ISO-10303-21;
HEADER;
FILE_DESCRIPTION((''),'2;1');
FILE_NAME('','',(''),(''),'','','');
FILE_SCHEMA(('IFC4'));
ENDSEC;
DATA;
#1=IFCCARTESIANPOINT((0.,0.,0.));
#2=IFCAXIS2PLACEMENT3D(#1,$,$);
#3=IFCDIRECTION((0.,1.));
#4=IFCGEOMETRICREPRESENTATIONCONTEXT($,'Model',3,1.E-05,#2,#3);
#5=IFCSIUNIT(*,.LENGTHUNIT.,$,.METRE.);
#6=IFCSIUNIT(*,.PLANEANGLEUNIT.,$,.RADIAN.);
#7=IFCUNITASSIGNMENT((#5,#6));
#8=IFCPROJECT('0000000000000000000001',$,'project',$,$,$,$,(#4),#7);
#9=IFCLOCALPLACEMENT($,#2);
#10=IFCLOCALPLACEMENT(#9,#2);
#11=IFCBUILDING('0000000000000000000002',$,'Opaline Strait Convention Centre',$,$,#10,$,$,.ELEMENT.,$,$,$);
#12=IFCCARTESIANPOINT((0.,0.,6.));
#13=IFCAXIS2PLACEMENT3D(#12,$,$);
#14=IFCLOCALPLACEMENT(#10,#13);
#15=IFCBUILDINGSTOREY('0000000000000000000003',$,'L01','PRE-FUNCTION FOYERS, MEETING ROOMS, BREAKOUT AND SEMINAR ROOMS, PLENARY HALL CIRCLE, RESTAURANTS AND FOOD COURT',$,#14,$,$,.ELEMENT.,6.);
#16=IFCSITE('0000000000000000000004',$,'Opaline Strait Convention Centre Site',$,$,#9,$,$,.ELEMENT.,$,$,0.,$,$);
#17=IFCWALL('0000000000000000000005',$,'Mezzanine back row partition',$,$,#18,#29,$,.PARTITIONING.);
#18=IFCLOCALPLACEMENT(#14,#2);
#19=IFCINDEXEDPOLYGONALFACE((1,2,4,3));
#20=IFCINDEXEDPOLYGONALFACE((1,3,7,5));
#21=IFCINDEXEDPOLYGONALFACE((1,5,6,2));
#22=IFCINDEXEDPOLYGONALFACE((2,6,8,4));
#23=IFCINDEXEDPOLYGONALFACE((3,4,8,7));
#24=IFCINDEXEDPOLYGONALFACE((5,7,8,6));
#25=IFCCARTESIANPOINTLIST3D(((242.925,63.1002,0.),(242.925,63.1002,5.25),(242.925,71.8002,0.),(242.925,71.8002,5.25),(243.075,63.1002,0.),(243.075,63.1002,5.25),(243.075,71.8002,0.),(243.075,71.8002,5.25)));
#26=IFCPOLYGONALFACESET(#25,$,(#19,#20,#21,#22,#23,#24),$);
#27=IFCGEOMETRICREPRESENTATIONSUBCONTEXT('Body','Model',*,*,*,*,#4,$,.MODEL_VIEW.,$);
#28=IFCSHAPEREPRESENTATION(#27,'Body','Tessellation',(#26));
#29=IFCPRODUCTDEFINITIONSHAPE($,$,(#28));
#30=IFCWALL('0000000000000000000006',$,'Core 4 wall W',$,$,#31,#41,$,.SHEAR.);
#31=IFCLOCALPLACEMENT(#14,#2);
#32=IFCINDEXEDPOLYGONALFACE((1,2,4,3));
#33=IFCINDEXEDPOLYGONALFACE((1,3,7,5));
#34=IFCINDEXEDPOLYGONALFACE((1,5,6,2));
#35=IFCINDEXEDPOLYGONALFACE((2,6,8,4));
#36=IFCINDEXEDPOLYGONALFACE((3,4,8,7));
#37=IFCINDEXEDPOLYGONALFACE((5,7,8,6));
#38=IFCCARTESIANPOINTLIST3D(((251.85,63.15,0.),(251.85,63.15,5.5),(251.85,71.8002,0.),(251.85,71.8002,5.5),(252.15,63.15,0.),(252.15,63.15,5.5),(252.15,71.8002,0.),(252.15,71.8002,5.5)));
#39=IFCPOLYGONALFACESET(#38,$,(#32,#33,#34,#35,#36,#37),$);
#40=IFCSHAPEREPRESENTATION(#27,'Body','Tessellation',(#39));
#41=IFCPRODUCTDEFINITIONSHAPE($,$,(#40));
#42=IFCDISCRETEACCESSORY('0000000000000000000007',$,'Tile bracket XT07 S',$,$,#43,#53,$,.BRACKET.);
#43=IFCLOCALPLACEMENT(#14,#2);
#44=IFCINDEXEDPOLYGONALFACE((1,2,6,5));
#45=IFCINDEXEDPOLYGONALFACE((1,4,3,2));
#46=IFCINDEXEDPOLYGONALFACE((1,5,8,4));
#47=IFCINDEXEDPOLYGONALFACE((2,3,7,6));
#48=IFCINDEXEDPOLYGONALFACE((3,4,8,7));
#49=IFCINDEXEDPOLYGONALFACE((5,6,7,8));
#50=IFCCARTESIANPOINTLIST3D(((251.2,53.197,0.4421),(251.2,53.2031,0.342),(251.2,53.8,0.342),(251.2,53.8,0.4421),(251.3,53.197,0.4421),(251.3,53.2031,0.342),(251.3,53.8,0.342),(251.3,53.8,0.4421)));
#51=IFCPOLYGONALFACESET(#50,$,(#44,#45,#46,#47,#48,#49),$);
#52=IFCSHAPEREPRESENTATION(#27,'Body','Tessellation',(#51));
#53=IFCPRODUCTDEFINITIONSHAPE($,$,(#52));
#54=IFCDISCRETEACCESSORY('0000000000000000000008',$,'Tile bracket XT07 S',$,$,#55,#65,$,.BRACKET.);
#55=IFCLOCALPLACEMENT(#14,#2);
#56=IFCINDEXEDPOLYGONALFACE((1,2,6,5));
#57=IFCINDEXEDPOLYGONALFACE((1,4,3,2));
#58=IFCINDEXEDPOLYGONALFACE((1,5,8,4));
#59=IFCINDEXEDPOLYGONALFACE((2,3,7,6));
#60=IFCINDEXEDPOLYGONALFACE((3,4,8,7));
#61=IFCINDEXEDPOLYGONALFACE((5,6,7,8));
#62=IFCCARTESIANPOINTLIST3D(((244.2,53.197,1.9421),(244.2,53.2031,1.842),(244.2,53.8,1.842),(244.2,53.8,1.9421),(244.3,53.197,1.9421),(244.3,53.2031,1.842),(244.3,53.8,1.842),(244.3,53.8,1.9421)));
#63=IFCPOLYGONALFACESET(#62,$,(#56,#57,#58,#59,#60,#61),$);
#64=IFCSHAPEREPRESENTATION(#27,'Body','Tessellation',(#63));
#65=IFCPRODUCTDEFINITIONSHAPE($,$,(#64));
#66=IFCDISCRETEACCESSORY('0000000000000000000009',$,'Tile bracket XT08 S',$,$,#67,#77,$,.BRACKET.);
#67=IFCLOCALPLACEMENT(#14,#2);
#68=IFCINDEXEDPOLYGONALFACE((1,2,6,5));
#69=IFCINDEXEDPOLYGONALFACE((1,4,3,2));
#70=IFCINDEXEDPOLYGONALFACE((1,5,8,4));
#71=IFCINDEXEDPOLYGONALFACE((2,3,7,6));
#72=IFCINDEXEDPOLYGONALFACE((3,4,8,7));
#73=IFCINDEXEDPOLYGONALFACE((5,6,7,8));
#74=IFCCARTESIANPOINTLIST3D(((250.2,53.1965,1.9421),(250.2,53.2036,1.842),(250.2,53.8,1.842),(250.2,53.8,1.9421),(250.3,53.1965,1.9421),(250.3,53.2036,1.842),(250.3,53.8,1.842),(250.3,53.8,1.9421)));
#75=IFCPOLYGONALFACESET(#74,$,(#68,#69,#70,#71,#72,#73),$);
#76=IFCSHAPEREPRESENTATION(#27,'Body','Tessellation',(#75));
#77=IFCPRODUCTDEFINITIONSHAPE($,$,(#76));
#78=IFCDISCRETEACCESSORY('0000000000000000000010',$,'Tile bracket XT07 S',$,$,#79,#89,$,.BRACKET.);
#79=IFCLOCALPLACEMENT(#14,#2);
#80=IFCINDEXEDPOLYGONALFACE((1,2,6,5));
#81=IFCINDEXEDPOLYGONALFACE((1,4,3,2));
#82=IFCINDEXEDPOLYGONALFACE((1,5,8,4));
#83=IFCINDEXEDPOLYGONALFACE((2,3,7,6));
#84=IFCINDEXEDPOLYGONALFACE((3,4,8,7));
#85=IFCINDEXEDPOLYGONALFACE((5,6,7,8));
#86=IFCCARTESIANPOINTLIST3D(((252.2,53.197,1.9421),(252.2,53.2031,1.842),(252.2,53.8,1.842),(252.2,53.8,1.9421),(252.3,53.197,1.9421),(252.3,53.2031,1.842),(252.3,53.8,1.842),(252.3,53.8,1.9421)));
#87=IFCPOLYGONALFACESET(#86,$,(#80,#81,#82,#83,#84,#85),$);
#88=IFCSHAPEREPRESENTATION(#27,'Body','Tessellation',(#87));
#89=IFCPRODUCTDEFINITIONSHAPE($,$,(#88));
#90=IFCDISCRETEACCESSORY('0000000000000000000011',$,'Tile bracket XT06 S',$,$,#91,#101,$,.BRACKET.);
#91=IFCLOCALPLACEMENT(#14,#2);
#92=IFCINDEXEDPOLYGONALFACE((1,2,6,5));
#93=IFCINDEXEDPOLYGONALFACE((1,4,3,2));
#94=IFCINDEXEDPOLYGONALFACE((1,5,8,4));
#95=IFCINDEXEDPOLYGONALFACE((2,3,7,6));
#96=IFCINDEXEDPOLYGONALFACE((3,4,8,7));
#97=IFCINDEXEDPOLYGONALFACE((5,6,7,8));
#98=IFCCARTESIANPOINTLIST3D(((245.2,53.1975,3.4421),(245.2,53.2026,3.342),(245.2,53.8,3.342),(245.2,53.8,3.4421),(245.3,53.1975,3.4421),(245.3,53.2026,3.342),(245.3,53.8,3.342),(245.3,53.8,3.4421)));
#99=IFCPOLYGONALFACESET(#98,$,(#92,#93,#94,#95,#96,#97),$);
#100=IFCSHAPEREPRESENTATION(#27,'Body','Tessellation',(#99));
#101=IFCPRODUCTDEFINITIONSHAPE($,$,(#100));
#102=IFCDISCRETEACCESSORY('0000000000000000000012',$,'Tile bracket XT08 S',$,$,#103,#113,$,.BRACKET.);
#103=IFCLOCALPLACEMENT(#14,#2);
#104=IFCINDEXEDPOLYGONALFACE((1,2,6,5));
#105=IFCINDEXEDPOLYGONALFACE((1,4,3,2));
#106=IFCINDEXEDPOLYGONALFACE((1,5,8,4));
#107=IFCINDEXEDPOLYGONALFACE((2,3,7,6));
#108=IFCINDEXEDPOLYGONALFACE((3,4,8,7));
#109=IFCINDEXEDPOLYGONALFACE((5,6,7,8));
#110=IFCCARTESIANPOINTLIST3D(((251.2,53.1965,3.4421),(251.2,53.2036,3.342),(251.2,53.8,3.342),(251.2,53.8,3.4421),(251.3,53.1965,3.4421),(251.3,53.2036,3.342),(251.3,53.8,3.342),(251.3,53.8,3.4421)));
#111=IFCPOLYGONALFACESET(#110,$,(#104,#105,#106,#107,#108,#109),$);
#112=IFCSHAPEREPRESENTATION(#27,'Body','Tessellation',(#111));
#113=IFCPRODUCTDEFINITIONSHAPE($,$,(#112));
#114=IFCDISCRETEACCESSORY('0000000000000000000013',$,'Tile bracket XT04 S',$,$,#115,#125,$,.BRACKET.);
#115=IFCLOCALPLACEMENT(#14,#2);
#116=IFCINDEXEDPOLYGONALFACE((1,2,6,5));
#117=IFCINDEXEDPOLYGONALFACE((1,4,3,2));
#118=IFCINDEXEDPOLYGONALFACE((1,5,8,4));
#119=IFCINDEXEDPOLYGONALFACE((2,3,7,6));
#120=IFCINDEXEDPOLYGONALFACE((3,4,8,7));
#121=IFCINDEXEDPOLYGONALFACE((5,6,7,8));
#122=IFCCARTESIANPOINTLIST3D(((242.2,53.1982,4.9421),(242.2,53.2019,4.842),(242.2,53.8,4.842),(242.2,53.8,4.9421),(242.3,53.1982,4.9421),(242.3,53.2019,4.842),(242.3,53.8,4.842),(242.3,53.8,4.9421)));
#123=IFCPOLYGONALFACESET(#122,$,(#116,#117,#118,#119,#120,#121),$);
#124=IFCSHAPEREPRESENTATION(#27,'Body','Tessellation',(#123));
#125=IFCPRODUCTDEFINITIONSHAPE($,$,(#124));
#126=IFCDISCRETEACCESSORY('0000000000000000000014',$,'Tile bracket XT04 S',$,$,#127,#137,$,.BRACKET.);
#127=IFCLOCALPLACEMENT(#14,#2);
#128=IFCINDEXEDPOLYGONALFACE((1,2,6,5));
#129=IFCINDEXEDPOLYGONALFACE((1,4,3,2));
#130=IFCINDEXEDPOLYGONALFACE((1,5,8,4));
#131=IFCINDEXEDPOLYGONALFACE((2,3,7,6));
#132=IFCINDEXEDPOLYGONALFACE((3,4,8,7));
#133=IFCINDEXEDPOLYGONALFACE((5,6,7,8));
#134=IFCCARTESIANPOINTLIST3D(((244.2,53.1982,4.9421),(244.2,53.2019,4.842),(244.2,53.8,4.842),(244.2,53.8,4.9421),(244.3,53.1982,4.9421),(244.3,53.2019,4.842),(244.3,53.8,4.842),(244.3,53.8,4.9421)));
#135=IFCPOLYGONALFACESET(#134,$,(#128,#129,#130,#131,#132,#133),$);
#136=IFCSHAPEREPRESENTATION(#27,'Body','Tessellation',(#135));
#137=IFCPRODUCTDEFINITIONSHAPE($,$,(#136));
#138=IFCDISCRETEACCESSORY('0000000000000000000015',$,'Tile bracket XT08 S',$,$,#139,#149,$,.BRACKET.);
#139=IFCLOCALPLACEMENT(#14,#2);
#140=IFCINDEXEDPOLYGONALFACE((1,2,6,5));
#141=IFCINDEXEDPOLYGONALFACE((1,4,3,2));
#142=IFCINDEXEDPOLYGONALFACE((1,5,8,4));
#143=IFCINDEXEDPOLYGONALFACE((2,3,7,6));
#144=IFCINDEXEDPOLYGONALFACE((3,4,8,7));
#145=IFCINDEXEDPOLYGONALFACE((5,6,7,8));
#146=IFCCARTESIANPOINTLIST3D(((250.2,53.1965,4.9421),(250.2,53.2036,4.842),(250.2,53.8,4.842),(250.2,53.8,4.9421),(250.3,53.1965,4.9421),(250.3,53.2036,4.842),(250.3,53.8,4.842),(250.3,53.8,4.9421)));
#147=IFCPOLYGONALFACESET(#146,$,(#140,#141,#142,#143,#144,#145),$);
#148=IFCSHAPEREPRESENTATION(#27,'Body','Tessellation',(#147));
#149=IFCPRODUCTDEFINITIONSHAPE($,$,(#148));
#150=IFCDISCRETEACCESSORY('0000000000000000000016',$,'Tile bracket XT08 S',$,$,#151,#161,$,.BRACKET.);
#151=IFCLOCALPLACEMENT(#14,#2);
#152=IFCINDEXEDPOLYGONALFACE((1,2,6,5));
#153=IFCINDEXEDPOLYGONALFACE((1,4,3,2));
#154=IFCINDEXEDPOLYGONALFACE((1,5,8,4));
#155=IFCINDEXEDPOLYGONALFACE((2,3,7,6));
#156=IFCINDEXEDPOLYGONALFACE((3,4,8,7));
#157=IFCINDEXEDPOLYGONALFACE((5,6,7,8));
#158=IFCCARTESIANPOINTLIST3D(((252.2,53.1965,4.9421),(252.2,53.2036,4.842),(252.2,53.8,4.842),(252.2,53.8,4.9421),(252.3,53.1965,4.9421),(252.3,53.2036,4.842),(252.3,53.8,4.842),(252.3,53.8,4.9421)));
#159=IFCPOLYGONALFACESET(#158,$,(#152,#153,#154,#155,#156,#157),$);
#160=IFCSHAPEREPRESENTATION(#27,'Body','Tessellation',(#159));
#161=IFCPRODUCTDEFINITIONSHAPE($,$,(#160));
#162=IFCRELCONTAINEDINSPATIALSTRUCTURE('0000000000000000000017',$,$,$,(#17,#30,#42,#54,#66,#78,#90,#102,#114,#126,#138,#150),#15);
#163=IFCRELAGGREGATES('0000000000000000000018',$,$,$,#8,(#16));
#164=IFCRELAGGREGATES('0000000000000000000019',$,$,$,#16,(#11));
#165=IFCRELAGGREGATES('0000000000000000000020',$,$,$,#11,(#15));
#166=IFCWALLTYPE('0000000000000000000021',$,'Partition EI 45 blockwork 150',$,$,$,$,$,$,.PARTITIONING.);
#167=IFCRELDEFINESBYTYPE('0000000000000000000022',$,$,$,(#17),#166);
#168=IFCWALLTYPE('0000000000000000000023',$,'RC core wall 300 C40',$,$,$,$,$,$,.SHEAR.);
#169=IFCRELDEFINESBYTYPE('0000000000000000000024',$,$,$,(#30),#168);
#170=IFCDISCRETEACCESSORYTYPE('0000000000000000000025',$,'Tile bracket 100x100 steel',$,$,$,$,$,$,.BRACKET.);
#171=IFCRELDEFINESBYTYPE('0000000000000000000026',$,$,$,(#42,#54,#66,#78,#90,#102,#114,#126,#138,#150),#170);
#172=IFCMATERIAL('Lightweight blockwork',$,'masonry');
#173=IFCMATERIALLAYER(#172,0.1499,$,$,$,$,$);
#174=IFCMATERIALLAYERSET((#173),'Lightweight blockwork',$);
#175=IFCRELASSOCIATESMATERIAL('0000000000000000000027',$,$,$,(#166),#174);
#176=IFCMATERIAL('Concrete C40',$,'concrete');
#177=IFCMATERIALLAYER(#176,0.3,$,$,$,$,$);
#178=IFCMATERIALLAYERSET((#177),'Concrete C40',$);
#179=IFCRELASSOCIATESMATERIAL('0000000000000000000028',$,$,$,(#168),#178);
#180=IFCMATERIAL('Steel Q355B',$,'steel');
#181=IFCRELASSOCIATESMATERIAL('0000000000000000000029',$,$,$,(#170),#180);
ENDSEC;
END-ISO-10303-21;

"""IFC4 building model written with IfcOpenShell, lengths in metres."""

from ifc_helpers import new_model, si_unit, direction, frame, frame_2d, origin, place, context, subcontext, project, spatial, polyline, rectangle, outline, extrude, material, layer, layer_set, type_object, element, save


model = new_model("IFC4")

# Units and contexts
model_context = context("Model", 3, precision=1e-05, world=origin(), true_north=direction((0.0, 1.0)))
body_context = subcontext(model_context, "Body", "Model", "MODEL_VIEW")
ifc_project = project(units=[si_unit("LENGTHUNIT", "METRE"), si_unit("PLANEANGLEUNIT", "RADIAN")], contexts=[model_context])

# Site, building, storey
site_placement = place(None, origin())
site = spatial("IfcSite", under=ifc_project, at=site_placement, Name="Opaline Strait Convention Centre Site", CompositionType="ELEMENT", RefElevation=0.0)
building_placement = place(site_placement, origin())
building = spatial("IfcBuilding", under=site, at=building_placement, Name="Opaline Strait Convention Centre", CompositionType="ELEMENT")
storey_placement = place(building_placement, frame((0.0, 0.0, 6.0)))
storey = spatial("IfcBuildingStorey", under=building, at=storey_placement, Name="L01", Description="PRE-FUNCTION FOYERS, MEETING ROOMS, BREAKOUT AND SEMINAR ROOMS, PLENARY HALL CIRCLE, RESTAURANTS AND FOOD COURT", CompositionType="ELEMENT", Elevation=6.0)

# Shared definitions
ifc_material_1 = material(Name="Steel Q355B", Category="steel")
ifc_material_2 = material(Name="Concrete C40", Category="concrete")

# Wall
ifc_material_3 = material(Name="Lightweight blockwork", Category="masonry")
ifc_layer_1 = layer(ifc_material_3, 0.1499)
ifc_layer_set_1 = layer_set([ifc_layer_1], Name="Lightweight blockwork")
wall_type_1 = type_object("IfcWallType", Name="Partition EI 45 blockwork 150", PredefinedType="PARTITIONING", material=ifc_layer_set_1)
wall_1_placement = place(storey_placement, frame((243.0, 63.1001, 0.0), z_axis=(0.0, 0.0, 1.0), x_axis=(0.0, 1.0, 0.0)))
element("IfcWall", 1, at=wall_1_placement, inside=storey, type_object=wall_type_1, Name="Mezzanine back row partition", PredefinedType="PARTITIONING", context=body_context, shape_type="SweptSolid", body=[
    extrude(rectangle(XDim=8.7, YDim=0.1499, at=frame_2d((4.3501, 0.0))), origin(), (0.0, 0.0, 1.0), 5.25),
])

# Shared definitions
ifc_layer_2 = layer(ifc_material_2, 0.3)
ifc_layer_set_2 = layer_set([ifc_layer_2], Name="Concrete C40")
wall_type_2 = type_object("IfcWallType", Name="RC core wall 300 C40", PredefinedType="SHEAR", material=ifc_layer_set_2)

# Wall
wall_2_placement = place(storey_placement, frame((252.0, 63.1499, 0.0), z_axis=(0.0, 0.0, 1.0), x_axis=(0.0, 1.0, 0.0)))
element("IfcWall", 2, at=wall_2_placement, inside=storey, type_object=wall_type_2, Name="Core 4 wall W", PredefinedType="SHEAR", context=body_context, shape_type="SweptSolid", body=[
    extrude(rectangle(XDim=8.6501, YDim=0.3, at=frame_2d((4.3252, 0.0))), origin(), (0.0, 0.0, 1.0), 5.5),
])

# Discrete accessories
discrete_accessory_type = type_object("IfcDiscreteAccessoryType", Name="Tile bracket 100x100 steel", PredefinedType="BRACKET", material=ifc_material_1)
for number, where, z_axis, x_axis, name in (
    (3, (251.2, 53.8, 0.3921), (1.0, 0.0, 0.0), (0.0, 1.0, 0.0), "Tile bracket XT07 S"),
    (4, (244.2, 53.8, 1.8921), (1.0, 0.0, 0.0), (0.0, 1.0, 0.0), "Tile bracket XT07 S"),
):
    element("IfcDiscreteAccessory", number, at=place(storey_placement, frame(where, z_axis=z_axis, x_axis=x_axis)), inside=storey, type_object=discrete_accessory_type, Name=name, PredefinedType="BRACKET", context=body_context, shape_type="SweptSolid", body=[
        extrude(outline(polyline([(0.0, -0.05), (0.0, 0.05), (-0.603, 0.05), (-0.5969, -0.05), (0.0, -0.05)])), origin(), (0.0, 0.0, 1.0), 0.1001),
    ])
discrete_accessory_1_placement = place(storey_placement, frame((250.2, 53.8, 1.8921), z_axis=(1.0, 0.0, 0.0), x_axis=(0.0, 1.0, 0.0)))
element("IfcDiscreteAccessory", 5, at=discrete_accessory_1_placement, inside=storey, type_object=discrete_accessory_type, Name="Tile bracket XT08 S", PredefinedType="BRACKET", context=body_context, shape_type="SweptSolid", body=[
    extrude(outline(polyline([(0.0, -0.05), (0.0, 0.05), (-0.6035, 0.05), (-0.5964, -0.05), (0.0, -0.05)])), origin(), (0.0, 0.0, 1.0), 0.1001),
])
discrete_accessory_2_placement = place(storey_placement, frame((252.2, 53.8, 1.8921), z_axis=(1.0, 0.0, 0.0), x_axis=(0.0, 1.0, 0.0)))
element("IfcDiscreteAccessory", 6, at=discrete_accessory_2_placement, inside=storey, type_object=discrete_accessory_type, Name="Tile bracket XT07 S", PredefinedType="BRACKET", context=body_context, shape_type="SweptSolid", body=[
    extrude(outline(polyline([(0.0, -0.05), (0.0, 0.05), (-0.603, 0.05), (-0.5969, -0.05), (0.0, -0.05)])), origin(), (0.0, 0.0, 1.0), 0.1001),
])
discrete_accessory_3_placement = place(storey_placement, frame((245.2, 53.8, 3.3921), z_axis=(1.0, 0.0, 0.0), x_axis=(0.0, 1.0, 0.0)))
element("IfcDiscreteAccessory", 7, at=discrete_accessory_3_placement, inside=storey, type_object=discrete_accessory_type, Name="Tile bracket XT06 S", PredefinedType="BRACKET", context=body_context, shape_type="SweptSolid", body=[
    extrude(outline(polyline([(0.0, -0.05), (0.0, 0.05), (-0.6025, 0.05), (-0.5974, -0.05), (0.0, -0.05)])), origin(), (0.0, 0.0, 1.0), 0.1001),
])
discrete_accessory_4_placement = place(storey_placement, frame((251.2, 53.8, 3.3921), z_axis=(1.0, 0.0, 0.0), x_axis=(0.0, 1.0, 0.0)))
element("IfcDiscreteAccessory", 8, at=discrete_accessory_4_placement, inside=storey, type_object=discrete_accessory_type, Name="Tile bracket XT08 S", PredefinedType="BRACKET", context=body_context, shape_type="SweptSolid", body=[
    extrude(outline(polyline([(0.0, -0.05), (0.0, 0.05), (-0.6035, 0.05), (-0.5964, -0.05), (0.0, -0.05)])), origin(), (0.0, 0.0, 1.0), 0.1001),
])
for number, where, z_axis, x_axis, name in (
    (9, (242.2, 53.8, 4.8921), (1.0, 0.0, 0.0), (0.0, 1.0, 0.0), "Tile bracket XT04 S"),
    (10, (244.2, 53.8, 4.8921), (1.0, 0.0, 0.0), (0.0, 1.0, 0.0), "Tile bracket XT04 S"),
):
    element("IfcDiscreteAccessory", number, at=place(storey_placement, frame(where, z_axis=z_axis, x_axis=x_axis)), inside=storey, type_object=discrete_accessory_type, Name=name, PredefinedType="BRACKET", context=body_context, shape_type="SweptSolid", body=[
        extrude(outline(polyline([(0.0, -0.05), (0.0, 0.05), (-0.6018, 0.05), (-0.5981, -0.05), (0.0, -0.05)])), origin(), (0.0, 0.0, 1.0), 0.1001),
    ])
for number, where, z_axis, x_axis, name in (
    (11, (250.2, 53.8, 4.8921), (1.0, 0.0, 0.0), (0.0, 1.0, 0.0), "Tile bracket XT08 S"),
    (12, (252.2, 53.8, 4.8921), (1.0, 0.0, 0.0), (0.0, 1.0, 0.0), "Tile bracket XT08 S"),
):
    element("IfcDiscreteAccessory", number, at=place(storey_placement, frame(where, z_axis=z_axis, x_axis=x_axis)), inside=storey, type_object=discrete_accessory_type, Name=name, PredefinedType="BRACKET", context=body_context, shape_type="SweptSolid", body=[
        extrude(outline(polyline([(0.0, -0.05), (0.0, 0.05), (-0.6035, 0.05), (-0.5964, -0.05), (0.0, -0.05)])), origin(), (0.0, 0.0, 1.0), 0.1001),
    ])

save(model, "model.ifc")
